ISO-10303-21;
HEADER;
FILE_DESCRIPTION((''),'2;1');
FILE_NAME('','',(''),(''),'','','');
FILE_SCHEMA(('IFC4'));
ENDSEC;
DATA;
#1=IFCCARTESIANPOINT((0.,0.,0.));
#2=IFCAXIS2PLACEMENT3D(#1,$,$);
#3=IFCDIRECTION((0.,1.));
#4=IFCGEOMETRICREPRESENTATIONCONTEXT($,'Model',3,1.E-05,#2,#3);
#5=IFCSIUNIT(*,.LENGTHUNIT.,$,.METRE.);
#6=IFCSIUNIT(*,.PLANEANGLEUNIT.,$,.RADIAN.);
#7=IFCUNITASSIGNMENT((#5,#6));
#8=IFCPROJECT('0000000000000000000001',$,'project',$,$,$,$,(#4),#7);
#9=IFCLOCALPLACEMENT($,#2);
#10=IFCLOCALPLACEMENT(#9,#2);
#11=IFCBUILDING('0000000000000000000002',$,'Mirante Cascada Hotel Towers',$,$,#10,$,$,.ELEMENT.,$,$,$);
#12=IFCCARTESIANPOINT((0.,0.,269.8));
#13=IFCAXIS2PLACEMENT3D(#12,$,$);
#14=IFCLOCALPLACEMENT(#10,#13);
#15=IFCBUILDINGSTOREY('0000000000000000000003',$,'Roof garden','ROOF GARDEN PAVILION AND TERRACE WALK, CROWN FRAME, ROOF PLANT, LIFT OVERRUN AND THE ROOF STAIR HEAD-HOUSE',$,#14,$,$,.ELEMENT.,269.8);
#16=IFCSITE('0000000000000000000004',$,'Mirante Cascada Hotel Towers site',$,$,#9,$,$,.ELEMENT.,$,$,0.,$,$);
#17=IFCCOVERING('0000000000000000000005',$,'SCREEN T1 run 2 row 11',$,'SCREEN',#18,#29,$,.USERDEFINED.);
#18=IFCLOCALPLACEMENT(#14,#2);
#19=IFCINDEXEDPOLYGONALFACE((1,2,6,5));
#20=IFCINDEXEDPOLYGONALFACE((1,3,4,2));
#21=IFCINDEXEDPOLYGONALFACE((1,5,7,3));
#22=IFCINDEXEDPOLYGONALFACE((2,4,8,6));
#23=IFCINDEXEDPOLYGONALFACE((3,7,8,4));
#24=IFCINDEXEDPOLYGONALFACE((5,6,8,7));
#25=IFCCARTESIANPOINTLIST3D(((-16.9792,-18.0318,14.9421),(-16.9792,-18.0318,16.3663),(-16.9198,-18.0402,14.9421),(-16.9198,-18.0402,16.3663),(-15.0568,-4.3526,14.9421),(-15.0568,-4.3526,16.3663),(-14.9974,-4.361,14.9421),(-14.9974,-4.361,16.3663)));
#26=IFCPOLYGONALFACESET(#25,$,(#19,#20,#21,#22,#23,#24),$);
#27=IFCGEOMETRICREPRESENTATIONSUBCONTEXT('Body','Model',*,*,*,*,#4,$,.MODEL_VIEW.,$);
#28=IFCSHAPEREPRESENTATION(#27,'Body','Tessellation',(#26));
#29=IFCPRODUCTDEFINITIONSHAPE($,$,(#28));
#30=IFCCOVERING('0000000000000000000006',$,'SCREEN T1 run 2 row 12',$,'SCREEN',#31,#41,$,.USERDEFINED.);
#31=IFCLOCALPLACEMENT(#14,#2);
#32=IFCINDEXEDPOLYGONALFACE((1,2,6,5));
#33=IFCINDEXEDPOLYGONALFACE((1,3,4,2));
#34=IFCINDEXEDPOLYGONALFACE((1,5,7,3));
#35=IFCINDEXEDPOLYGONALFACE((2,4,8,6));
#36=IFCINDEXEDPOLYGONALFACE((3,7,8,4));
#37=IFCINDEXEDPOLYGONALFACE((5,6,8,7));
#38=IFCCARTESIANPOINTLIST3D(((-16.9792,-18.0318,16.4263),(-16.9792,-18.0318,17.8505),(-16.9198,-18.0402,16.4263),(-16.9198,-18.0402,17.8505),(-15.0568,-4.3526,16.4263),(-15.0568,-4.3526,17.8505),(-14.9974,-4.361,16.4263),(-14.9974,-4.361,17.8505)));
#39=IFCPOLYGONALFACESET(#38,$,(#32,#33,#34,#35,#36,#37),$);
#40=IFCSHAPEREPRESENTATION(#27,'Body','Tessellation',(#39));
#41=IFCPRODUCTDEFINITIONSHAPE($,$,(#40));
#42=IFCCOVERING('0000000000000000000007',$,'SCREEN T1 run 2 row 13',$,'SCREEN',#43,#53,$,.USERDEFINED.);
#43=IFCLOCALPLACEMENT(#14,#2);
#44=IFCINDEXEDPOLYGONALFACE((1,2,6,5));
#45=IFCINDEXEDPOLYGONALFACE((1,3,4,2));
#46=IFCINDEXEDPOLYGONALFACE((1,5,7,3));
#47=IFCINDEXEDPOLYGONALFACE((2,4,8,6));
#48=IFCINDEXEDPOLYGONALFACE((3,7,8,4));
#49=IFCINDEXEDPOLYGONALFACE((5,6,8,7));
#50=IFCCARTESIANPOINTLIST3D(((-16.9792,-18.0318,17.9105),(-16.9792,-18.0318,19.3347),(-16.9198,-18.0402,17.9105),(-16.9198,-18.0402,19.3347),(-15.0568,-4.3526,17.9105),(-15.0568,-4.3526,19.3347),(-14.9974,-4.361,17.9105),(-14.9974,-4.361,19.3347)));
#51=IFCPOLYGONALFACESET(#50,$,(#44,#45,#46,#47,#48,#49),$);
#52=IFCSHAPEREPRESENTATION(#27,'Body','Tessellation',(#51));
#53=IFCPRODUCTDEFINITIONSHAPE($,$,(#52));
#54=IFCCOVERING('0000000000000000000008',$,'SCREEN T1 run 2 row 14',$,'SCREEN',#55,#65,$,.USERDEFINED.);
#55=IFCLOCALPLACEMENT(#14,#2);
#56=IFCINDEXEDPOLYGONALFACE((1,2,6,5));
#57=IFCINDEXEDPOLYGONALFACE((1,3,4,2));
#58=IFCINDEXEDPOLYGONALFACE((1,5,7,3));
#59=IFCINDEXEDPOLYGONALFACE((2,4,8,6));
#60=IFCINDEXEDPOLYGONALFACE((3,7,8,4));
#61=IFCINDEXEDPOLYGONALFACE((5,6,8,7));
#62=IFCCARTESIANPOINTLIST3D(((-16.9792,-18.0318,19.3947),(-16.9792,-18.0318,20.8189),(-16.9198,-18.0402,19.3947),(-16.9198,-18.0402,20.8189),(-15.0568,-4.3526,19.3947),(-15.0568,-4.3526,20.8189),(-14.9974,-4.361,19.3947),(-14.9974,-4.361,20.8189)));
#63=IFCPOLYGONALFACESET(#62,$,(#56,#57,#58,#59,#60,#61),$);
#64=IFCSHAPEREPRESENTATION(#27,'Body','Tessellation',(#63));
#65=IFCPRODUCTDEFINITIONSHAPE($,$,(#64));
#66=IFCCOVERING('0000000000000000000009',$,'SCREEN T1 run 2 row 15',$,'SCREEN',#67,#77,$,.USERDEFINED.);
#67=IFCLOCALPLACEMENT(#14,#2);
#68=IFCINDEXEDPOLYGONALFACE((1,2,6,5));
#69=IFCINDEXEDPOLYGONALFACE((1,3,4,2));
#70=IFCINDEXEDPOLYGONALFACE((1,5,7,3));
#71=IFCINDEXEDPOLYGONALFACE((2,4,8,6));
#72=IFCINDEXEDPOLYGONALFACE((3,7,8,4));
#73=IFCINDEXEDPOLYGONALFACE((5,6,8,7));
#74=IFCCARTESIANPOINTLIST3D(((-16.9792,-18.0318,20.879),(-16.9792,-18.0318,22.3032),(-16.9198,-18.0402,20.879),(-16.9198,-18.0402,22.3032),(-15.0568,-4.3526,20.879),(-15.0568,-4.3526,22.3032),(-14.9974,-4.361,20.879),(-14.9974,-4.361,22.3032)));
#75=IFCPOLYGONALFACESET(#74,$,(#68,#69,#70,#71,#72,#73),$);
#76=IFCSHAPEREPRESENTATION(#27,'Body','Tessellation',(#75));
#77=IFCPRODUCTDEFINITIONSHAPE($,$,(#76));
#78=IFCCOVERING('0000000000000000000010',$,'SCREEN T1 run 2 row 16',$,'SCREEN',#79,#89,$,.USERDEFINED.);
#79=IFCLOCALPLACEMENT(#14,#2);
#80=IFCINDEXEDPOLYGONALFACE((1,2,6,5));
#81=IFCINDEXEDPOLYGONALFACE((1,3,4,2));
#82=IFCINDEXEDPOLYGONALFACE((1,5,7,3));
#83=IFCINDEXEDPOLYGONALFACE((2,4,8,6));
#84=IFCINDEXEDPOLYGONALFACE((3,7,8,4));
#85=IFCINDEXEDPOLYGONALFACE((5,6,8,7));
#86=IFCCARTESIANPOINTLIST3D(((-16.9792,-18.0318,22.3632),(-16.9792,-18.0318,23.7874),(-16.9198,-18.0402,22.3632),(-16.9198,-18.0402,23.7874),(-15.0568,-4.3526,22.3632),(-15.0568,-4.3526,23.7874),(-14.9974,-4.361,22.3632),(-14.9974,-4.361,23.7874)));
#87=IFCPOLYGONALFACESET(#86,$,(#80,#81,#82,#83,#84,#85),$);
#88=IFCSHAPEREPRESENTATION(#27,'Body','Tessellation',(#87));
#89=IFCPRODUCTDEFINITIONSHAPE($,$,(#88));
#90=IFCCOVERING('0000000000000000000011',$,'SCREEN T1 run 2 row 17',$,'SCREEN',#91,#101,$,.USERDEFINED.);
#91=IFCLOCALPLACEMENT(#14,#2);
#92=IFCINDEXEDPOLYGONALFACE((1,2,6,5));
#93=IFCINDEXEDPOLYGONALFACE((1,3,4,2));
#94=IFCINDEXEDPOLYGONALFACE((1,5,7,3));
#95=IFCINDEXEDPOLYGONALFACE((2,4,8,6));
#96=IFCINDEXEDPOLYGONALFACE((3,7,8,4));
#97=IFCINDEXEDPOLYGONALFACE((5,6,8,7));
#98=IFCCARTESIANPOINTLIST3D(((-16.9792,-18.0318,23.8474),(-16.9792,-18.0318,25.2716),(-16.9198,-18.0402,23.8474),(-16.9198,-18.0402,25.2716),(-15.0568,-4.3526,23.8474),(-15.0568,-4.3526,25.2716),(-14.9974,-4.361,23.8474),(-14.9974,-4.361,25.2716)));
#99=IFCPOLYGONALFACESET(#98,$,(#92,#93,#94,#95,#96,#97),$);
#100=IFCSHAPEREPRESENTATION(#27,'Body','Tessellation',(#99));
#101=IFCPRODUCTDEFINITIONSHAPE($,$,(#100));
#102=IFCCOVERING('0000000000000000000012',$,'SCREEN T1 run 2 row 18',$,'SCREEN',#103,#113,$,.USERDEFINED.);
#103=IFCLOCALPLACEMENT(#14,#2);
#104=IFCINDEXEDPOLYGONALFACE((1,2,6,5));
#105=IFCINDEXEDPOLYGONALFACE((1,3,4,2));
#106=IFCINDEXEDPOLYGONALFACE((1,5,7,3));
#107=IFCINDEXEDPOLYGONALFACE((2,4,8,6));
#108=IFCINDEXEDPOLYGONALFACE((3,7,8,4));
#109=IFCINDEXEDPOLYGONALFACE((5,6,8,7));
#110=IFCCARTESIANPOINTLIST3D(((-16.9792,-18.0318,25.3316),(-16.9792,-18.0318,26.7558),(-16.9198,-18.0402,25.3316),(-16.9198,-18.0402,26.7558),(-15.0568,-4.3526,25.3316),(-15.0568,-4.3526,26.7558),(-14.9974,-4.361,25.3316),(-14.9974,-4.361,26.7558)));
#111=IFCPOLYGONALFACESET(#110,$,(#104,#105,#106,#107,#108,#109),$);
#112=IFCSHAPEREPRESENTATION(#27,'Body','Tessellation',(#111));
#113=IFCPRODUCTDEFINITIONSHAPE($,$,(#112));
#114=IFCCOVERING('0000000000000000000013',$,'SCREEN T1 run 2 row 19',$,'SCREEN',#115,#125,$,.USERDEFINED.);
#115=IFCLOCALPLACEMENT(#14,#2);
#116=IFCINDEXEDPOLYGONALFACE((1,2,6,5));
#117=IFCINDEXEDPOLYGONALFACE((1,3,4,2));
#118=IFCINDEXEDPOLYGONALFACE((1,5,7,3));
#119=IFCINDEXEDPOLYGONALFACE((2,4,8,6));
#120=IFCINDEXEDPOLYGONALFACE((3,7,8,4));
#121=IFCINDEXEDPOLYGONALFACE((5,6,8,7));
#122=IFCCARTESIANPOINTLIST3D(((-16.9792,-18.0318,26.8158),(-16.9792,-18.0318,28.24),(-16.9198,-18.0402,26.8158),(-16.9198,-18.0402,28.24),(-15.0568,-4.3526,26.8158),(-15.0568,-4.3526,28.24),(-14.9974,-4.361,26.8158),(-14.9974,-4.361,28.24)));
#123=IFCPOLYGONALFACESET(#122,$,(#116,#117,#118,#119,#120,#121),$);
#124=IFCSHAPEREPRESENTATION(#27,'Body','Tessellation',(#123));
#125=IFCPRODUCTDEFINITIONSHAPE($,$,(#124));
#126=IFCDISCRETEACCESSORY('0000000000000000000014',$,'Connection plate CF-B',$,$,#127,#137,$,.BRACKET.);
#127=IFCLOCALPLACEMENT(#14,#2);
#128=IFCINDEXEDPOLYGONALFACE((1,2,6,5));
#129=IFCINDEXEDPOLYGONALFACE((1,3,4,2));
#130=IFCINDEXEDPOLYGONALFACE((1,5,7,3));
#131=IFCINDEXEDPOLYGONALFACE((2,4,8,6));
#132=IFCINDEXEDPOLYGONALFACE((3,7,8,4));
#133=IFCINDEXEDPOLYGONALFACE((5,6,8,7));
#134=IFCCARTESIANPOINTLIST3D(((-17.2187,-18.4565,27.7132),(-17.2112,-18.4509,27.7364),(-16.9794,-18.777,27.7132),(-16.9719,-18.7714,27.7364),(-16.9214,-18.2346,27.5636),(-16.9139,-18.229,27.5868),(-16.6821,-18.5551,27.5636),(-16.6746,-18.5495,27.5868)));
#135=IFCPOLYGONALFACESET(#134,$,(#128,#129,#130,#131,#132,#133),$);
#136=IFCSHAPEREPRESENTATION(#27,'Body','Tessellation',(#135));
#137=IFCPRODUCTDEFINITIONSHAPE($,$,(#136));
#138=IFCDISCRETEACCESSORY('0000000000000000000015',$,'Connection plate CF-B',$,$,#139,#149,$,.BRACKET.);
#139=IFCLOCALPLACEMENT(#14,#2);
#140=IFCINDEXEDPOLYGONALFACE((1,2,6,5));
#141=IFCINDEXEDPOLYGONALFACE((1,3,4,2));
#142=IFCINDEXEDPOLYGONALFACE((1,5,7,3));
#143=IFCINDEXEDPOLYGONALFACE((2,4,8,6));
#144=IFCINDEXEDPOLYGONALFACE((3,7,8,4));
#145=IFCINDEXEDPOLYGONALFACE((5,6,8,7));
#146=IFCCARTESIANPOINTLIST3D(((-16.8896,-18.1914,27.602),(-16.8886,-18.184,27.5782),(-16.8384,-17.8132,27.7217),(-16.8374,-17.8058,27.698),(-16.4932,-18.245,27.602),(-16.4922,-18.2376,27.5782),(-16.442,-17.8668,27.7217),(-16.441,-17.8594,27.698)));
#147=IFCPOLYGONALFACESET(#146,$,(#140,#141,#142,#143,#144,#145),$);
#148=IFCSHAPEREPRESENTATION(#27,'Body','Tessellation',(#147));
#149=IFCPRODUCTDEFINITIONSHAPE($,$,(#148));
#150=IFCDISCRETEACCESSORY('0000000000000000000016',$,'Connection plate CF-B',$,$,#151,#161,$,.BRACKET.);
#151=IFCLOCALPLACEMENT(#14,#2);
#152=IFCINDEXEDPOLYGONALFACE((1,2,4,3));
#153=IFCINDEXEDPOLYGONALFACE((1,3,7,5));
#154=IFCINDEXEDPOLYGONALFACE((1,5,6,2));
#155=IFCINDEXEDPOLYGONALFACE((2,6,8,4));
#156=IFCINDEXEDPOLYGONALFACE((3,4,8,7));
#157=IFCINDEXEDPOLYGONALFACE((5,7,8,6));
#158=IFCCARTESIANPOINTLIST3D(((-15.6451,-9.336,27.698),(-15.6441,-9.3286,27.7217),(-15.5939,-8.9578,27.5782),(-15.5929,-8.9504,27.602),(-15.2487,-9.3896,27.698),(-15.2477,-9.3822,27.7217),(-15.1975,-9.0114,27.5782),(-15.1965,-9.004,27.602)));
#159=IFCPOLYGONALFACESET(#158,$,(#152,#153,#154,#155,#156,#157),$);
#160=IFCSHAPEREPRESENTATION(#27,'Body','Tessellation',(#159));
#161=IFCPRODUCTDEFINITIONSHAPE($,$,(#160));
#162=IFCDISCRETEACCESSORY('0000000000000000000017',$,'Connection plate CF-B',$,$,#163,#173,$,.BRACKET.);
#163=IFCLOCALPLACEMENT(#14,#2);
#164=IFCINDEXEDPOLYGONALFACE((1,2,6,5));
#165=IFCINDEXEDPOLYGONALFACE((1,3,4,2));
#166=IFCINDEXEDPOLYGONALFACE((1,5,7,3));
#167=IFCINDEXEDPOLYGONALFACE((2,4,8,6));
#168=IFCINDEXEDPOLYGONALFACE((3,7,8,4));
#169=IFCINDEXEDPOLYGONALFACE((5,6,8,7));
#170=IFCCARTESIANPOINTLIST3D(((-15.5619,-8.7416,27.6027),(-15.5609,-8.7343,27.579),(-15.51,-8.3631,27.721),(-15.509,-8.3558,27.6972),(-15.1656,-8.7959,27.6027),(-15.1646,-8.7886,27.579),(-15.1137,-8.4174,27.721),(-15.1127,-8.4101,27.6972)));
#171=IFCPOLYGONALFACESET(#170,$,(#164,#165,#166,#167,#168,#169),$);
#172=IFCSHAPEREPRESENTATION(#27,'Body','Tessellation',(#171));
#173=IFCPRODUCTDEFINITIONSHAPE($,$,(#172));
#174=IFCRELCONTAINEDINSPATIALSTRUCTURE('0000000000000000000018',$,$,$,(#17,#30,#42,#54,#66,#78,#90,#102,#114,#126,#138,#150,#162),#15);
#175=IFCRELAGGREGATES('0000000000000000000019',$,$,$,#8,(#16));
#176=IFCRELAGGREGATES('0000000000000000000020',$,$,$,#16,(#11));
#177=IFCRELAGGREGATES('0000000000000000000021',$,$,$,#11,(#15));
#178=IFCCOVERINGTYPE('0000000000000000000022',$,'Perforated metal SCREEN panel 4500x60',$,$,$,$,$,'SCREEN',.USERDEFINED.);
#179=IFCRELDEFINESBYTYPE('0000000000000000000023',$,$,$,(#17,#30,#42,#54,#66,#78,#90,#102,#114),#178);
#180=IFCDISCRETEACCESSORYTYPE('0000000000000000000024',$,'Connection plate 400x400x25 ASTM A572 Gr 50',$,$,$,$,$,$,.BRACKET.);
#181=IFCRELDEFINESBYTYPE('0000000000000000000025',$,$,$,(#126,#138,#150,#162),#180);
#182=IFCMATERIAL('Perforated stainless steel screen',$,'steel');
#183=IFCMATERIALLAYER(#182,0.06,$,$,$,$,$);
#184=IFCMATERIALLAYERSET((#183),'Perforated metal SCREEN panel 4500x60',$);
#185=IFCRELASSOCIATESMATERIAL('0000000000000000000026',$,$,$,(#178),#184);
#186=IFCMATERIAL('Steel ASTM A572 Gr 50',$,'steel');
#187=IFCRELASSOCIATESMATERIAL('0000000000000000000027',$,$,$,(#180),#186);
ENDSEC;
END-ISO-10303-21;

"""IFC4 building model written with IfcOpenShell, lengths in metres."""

from ifc_helpers import new_model, si_unit, direction, frame, origin, origin_2d, place, context, subcontext, project, spatial, rectangle, extrude, material, layer, layer_set, material_profile, profile_set, type_object, element, save


model = new_model("IFC4")

# Units and contexts
model_context = context("Model", 3, precision=1e-05, world=origin(), true_north=direction((0.0, 1.0)))
body_context = subcontext(model_context, "Body", "Model", "MODEL_VIEW")
ifc_project = project(units=[si_unit("LENGTHUNIT", "METRE"), si_unit("PLANEANGLEUNIT", "RADIAN")], contexts=[model_context])

# Site, building, storey
site_placement = place(None, origin())
site = spatial("IfcSite", under=ifc_project, at=site_placement, Name="Mirante Cascada Hotel Towers site", CompositionType="ELEMENT", RefElevation=0.0)
building_placement = place(site_placement, origin())
building = spatial("IfcBuilding", under=site, at=building_placement, Name="Mirante Cascada Hotel Towers", CompositionType="ELEMENT")
storey_placement = place(building_placement, frame((0.0, 0.0, 269.8)))
storey = spatial("IfcBuildingStorey", under=building, at=storey_placement, Name="Roof garden", Description="ROOF GARDEN PAVILION AND TERRACE WALK, CROWN FRAME, ROOF PLANT, LIFT OVERRUN AND THE ROOF STAIR HEAD-HOUSE", CompositionType="ELEMENT", Elevation=269.8)

# Coverings
ifc_material_1 = material(Name="Perforated stainless steel screen", Category="steel")
ifc_layer_1 = layer(ifc_material_1, 0.06)
ifc_layer_set_1 = layer_set([ifc_layer_1], Name="Perforated metal SCREEN panel 4500x60")
covering_type_1 = type_object("IfcCoveringType", Name="Perforated metal SCREEN panel 4500x60", ElementType="SCREEN", PredefinedType="USERDEFINED", material=ifc_layer_set_1)
for number, where, z_axis, x_axis, name in (
    (1, (-15.9883, -11.1964, 14.9421), (0.0, 0.0, 1.0), (0.139173, 0.990268, 0.0), "SCREEN T1 run 2 row 11"),
    (2, (-15.9883, -11.1964, 16.4263), (0.0, 0.0, 1.0), (0.139173, 0.990268, 0.0), "SCREEN T1 run 2 row 12"),
    (3, (-15.9883, -11.1964, 17.9105), (0.0, 0.0, 1.0), (0.139173, 0.990268, 0.0), "SCREEN T1 run 2 row 13"),
    (4, (-15.9883, -11.1964, 19.3947), (0.0, 0.0, 1.0), (0.139173, 0.990268, 0.0), "SCREEN T1 run 2 row 14"),
    (5, (-15.9883, -11.1964, 20.879), (0.0, 0.0, 1.0), (0.139173, 0.990268, 0.0), "SCREEN T1 run 2 row 15"),
    (6, (-15.9883, -11.1964, 22.3632), (0.0, 0.0, 1.0), (0.139173, 0.990268, 0.0), "SCREEN T1 run 2 row 16"),
    (7, (-15.9883, -11.1964, 23.8474), (0.0, 0.0, 1.0), (0.139173, 0.990268, 0.0), "SCREEN T1 run 2 row 17"),
    (8, (-15.9883, -11.1964, 25.3316), (0.0, 0.0, 1.0), (0.139173, 0.990268, 0.0), "SCREEN T1 run 2 row 18"),
    (9, (-15.9883, -11.1964, 26.8158), (0.0, 0.0, 1.0), (0.139173, 0.990268, 0.0), "SCREEN T1 run 2 row 19"),
):
    element("IfcCovering", number, at=place(storey_placement, frame(where, z_axis=z_axis, x_axis=x_axis)), inside=storey, type_object=covering_type_1, Name=name, ObjectType="SCREEN", PredefinedType="USERDEFINED", context=body_context, shape_type="SweptSolid", body=[
        extrude(rectangle(XDim=13.8136, YDim=0.06, at=origin_2d()), origin(), (0.0, 0.0, 1.0), 1.4242),
    ])

# Discrete accessories
ifc_material_2 = material(Name="Steel ASTM A572 Gr 50", Category="steel")
ifc_material_profile_1 = material_profile(ifc_material_2, rectangle(XDim=0.4, YDim=0.4, at=origin_2d()), Name="Connection plate 400x400x25 ASTM A572 Gr 50")
ifc_profile_set_1 = profile_set([ifc_material_profile_1], Name="Steel ASTM A572 Gr 50")
discrete_accessory_type = type_object("IfcDiscreteAccessoryType", Name="Connection plate 400x400x25 ASTM A572 Gr 50", PredefinedType="BRACKET", material=ifc_profile_set_1)
discrete_accessory_placement = place(storey_placement, frame((-16.9504, -18.5058, 27.6384), z_axis=(0.299796, 0.223848, 0.92737), x_axis=(-0.598289, 0.80128, 0.0)))
element("IfcDiscreteAccessory", 10, at=discrete_accessory_placement, inside=storey, type_object=discrete_accessory_type, Name="Connection plate CF-B", PredefinedType="BRACKET", context=body_context, shape_type="SweptSolid", body=[
    extrude(rectangle(XDim=0.4, YDim=0.4, at=origin_2d()), origin(), (0.0, 0.0, 1.0), 0.025),
])
for number, where, z_axis, x_axis, name in (
    (11, (-16.6648, -18.0217, 27.6381), (-0.04009, -0.296665, 0.95414), (0.990992, -0.133918, 0.0), "Connection plate CF-B"),
    (12, (-15.4213, -9.1737, 27.6381), (0.04009, 0.296665, 0.95414), (-0.990992, 0.133918, 0.0), "Connection plate CF-B"),
    (13, (-15.3368, -8.5722, 27.6381), (-0.040137, -0.293003, 0.955269), (0.990747, -0.135719, 0.0), "Connection plate CF-B"),
):
    element("IfcDiscreteAccessory", number, at=place(storey_placement, frame(where, z_axis=z_axis, x_axis=x_axis)), inside=storey, type_object=discrete_accessory_type, Name=name, PredefinedType="BRACKET", context=body_context, shape_type="SweptSolid", body=[
        extrude(rectangle(XDim=0.4, YDim=0.4, at=origin_2d()), origin(), (0.0, 0.0, 1.0), 0.0249),
    ])

save(model, "model.ifc")
